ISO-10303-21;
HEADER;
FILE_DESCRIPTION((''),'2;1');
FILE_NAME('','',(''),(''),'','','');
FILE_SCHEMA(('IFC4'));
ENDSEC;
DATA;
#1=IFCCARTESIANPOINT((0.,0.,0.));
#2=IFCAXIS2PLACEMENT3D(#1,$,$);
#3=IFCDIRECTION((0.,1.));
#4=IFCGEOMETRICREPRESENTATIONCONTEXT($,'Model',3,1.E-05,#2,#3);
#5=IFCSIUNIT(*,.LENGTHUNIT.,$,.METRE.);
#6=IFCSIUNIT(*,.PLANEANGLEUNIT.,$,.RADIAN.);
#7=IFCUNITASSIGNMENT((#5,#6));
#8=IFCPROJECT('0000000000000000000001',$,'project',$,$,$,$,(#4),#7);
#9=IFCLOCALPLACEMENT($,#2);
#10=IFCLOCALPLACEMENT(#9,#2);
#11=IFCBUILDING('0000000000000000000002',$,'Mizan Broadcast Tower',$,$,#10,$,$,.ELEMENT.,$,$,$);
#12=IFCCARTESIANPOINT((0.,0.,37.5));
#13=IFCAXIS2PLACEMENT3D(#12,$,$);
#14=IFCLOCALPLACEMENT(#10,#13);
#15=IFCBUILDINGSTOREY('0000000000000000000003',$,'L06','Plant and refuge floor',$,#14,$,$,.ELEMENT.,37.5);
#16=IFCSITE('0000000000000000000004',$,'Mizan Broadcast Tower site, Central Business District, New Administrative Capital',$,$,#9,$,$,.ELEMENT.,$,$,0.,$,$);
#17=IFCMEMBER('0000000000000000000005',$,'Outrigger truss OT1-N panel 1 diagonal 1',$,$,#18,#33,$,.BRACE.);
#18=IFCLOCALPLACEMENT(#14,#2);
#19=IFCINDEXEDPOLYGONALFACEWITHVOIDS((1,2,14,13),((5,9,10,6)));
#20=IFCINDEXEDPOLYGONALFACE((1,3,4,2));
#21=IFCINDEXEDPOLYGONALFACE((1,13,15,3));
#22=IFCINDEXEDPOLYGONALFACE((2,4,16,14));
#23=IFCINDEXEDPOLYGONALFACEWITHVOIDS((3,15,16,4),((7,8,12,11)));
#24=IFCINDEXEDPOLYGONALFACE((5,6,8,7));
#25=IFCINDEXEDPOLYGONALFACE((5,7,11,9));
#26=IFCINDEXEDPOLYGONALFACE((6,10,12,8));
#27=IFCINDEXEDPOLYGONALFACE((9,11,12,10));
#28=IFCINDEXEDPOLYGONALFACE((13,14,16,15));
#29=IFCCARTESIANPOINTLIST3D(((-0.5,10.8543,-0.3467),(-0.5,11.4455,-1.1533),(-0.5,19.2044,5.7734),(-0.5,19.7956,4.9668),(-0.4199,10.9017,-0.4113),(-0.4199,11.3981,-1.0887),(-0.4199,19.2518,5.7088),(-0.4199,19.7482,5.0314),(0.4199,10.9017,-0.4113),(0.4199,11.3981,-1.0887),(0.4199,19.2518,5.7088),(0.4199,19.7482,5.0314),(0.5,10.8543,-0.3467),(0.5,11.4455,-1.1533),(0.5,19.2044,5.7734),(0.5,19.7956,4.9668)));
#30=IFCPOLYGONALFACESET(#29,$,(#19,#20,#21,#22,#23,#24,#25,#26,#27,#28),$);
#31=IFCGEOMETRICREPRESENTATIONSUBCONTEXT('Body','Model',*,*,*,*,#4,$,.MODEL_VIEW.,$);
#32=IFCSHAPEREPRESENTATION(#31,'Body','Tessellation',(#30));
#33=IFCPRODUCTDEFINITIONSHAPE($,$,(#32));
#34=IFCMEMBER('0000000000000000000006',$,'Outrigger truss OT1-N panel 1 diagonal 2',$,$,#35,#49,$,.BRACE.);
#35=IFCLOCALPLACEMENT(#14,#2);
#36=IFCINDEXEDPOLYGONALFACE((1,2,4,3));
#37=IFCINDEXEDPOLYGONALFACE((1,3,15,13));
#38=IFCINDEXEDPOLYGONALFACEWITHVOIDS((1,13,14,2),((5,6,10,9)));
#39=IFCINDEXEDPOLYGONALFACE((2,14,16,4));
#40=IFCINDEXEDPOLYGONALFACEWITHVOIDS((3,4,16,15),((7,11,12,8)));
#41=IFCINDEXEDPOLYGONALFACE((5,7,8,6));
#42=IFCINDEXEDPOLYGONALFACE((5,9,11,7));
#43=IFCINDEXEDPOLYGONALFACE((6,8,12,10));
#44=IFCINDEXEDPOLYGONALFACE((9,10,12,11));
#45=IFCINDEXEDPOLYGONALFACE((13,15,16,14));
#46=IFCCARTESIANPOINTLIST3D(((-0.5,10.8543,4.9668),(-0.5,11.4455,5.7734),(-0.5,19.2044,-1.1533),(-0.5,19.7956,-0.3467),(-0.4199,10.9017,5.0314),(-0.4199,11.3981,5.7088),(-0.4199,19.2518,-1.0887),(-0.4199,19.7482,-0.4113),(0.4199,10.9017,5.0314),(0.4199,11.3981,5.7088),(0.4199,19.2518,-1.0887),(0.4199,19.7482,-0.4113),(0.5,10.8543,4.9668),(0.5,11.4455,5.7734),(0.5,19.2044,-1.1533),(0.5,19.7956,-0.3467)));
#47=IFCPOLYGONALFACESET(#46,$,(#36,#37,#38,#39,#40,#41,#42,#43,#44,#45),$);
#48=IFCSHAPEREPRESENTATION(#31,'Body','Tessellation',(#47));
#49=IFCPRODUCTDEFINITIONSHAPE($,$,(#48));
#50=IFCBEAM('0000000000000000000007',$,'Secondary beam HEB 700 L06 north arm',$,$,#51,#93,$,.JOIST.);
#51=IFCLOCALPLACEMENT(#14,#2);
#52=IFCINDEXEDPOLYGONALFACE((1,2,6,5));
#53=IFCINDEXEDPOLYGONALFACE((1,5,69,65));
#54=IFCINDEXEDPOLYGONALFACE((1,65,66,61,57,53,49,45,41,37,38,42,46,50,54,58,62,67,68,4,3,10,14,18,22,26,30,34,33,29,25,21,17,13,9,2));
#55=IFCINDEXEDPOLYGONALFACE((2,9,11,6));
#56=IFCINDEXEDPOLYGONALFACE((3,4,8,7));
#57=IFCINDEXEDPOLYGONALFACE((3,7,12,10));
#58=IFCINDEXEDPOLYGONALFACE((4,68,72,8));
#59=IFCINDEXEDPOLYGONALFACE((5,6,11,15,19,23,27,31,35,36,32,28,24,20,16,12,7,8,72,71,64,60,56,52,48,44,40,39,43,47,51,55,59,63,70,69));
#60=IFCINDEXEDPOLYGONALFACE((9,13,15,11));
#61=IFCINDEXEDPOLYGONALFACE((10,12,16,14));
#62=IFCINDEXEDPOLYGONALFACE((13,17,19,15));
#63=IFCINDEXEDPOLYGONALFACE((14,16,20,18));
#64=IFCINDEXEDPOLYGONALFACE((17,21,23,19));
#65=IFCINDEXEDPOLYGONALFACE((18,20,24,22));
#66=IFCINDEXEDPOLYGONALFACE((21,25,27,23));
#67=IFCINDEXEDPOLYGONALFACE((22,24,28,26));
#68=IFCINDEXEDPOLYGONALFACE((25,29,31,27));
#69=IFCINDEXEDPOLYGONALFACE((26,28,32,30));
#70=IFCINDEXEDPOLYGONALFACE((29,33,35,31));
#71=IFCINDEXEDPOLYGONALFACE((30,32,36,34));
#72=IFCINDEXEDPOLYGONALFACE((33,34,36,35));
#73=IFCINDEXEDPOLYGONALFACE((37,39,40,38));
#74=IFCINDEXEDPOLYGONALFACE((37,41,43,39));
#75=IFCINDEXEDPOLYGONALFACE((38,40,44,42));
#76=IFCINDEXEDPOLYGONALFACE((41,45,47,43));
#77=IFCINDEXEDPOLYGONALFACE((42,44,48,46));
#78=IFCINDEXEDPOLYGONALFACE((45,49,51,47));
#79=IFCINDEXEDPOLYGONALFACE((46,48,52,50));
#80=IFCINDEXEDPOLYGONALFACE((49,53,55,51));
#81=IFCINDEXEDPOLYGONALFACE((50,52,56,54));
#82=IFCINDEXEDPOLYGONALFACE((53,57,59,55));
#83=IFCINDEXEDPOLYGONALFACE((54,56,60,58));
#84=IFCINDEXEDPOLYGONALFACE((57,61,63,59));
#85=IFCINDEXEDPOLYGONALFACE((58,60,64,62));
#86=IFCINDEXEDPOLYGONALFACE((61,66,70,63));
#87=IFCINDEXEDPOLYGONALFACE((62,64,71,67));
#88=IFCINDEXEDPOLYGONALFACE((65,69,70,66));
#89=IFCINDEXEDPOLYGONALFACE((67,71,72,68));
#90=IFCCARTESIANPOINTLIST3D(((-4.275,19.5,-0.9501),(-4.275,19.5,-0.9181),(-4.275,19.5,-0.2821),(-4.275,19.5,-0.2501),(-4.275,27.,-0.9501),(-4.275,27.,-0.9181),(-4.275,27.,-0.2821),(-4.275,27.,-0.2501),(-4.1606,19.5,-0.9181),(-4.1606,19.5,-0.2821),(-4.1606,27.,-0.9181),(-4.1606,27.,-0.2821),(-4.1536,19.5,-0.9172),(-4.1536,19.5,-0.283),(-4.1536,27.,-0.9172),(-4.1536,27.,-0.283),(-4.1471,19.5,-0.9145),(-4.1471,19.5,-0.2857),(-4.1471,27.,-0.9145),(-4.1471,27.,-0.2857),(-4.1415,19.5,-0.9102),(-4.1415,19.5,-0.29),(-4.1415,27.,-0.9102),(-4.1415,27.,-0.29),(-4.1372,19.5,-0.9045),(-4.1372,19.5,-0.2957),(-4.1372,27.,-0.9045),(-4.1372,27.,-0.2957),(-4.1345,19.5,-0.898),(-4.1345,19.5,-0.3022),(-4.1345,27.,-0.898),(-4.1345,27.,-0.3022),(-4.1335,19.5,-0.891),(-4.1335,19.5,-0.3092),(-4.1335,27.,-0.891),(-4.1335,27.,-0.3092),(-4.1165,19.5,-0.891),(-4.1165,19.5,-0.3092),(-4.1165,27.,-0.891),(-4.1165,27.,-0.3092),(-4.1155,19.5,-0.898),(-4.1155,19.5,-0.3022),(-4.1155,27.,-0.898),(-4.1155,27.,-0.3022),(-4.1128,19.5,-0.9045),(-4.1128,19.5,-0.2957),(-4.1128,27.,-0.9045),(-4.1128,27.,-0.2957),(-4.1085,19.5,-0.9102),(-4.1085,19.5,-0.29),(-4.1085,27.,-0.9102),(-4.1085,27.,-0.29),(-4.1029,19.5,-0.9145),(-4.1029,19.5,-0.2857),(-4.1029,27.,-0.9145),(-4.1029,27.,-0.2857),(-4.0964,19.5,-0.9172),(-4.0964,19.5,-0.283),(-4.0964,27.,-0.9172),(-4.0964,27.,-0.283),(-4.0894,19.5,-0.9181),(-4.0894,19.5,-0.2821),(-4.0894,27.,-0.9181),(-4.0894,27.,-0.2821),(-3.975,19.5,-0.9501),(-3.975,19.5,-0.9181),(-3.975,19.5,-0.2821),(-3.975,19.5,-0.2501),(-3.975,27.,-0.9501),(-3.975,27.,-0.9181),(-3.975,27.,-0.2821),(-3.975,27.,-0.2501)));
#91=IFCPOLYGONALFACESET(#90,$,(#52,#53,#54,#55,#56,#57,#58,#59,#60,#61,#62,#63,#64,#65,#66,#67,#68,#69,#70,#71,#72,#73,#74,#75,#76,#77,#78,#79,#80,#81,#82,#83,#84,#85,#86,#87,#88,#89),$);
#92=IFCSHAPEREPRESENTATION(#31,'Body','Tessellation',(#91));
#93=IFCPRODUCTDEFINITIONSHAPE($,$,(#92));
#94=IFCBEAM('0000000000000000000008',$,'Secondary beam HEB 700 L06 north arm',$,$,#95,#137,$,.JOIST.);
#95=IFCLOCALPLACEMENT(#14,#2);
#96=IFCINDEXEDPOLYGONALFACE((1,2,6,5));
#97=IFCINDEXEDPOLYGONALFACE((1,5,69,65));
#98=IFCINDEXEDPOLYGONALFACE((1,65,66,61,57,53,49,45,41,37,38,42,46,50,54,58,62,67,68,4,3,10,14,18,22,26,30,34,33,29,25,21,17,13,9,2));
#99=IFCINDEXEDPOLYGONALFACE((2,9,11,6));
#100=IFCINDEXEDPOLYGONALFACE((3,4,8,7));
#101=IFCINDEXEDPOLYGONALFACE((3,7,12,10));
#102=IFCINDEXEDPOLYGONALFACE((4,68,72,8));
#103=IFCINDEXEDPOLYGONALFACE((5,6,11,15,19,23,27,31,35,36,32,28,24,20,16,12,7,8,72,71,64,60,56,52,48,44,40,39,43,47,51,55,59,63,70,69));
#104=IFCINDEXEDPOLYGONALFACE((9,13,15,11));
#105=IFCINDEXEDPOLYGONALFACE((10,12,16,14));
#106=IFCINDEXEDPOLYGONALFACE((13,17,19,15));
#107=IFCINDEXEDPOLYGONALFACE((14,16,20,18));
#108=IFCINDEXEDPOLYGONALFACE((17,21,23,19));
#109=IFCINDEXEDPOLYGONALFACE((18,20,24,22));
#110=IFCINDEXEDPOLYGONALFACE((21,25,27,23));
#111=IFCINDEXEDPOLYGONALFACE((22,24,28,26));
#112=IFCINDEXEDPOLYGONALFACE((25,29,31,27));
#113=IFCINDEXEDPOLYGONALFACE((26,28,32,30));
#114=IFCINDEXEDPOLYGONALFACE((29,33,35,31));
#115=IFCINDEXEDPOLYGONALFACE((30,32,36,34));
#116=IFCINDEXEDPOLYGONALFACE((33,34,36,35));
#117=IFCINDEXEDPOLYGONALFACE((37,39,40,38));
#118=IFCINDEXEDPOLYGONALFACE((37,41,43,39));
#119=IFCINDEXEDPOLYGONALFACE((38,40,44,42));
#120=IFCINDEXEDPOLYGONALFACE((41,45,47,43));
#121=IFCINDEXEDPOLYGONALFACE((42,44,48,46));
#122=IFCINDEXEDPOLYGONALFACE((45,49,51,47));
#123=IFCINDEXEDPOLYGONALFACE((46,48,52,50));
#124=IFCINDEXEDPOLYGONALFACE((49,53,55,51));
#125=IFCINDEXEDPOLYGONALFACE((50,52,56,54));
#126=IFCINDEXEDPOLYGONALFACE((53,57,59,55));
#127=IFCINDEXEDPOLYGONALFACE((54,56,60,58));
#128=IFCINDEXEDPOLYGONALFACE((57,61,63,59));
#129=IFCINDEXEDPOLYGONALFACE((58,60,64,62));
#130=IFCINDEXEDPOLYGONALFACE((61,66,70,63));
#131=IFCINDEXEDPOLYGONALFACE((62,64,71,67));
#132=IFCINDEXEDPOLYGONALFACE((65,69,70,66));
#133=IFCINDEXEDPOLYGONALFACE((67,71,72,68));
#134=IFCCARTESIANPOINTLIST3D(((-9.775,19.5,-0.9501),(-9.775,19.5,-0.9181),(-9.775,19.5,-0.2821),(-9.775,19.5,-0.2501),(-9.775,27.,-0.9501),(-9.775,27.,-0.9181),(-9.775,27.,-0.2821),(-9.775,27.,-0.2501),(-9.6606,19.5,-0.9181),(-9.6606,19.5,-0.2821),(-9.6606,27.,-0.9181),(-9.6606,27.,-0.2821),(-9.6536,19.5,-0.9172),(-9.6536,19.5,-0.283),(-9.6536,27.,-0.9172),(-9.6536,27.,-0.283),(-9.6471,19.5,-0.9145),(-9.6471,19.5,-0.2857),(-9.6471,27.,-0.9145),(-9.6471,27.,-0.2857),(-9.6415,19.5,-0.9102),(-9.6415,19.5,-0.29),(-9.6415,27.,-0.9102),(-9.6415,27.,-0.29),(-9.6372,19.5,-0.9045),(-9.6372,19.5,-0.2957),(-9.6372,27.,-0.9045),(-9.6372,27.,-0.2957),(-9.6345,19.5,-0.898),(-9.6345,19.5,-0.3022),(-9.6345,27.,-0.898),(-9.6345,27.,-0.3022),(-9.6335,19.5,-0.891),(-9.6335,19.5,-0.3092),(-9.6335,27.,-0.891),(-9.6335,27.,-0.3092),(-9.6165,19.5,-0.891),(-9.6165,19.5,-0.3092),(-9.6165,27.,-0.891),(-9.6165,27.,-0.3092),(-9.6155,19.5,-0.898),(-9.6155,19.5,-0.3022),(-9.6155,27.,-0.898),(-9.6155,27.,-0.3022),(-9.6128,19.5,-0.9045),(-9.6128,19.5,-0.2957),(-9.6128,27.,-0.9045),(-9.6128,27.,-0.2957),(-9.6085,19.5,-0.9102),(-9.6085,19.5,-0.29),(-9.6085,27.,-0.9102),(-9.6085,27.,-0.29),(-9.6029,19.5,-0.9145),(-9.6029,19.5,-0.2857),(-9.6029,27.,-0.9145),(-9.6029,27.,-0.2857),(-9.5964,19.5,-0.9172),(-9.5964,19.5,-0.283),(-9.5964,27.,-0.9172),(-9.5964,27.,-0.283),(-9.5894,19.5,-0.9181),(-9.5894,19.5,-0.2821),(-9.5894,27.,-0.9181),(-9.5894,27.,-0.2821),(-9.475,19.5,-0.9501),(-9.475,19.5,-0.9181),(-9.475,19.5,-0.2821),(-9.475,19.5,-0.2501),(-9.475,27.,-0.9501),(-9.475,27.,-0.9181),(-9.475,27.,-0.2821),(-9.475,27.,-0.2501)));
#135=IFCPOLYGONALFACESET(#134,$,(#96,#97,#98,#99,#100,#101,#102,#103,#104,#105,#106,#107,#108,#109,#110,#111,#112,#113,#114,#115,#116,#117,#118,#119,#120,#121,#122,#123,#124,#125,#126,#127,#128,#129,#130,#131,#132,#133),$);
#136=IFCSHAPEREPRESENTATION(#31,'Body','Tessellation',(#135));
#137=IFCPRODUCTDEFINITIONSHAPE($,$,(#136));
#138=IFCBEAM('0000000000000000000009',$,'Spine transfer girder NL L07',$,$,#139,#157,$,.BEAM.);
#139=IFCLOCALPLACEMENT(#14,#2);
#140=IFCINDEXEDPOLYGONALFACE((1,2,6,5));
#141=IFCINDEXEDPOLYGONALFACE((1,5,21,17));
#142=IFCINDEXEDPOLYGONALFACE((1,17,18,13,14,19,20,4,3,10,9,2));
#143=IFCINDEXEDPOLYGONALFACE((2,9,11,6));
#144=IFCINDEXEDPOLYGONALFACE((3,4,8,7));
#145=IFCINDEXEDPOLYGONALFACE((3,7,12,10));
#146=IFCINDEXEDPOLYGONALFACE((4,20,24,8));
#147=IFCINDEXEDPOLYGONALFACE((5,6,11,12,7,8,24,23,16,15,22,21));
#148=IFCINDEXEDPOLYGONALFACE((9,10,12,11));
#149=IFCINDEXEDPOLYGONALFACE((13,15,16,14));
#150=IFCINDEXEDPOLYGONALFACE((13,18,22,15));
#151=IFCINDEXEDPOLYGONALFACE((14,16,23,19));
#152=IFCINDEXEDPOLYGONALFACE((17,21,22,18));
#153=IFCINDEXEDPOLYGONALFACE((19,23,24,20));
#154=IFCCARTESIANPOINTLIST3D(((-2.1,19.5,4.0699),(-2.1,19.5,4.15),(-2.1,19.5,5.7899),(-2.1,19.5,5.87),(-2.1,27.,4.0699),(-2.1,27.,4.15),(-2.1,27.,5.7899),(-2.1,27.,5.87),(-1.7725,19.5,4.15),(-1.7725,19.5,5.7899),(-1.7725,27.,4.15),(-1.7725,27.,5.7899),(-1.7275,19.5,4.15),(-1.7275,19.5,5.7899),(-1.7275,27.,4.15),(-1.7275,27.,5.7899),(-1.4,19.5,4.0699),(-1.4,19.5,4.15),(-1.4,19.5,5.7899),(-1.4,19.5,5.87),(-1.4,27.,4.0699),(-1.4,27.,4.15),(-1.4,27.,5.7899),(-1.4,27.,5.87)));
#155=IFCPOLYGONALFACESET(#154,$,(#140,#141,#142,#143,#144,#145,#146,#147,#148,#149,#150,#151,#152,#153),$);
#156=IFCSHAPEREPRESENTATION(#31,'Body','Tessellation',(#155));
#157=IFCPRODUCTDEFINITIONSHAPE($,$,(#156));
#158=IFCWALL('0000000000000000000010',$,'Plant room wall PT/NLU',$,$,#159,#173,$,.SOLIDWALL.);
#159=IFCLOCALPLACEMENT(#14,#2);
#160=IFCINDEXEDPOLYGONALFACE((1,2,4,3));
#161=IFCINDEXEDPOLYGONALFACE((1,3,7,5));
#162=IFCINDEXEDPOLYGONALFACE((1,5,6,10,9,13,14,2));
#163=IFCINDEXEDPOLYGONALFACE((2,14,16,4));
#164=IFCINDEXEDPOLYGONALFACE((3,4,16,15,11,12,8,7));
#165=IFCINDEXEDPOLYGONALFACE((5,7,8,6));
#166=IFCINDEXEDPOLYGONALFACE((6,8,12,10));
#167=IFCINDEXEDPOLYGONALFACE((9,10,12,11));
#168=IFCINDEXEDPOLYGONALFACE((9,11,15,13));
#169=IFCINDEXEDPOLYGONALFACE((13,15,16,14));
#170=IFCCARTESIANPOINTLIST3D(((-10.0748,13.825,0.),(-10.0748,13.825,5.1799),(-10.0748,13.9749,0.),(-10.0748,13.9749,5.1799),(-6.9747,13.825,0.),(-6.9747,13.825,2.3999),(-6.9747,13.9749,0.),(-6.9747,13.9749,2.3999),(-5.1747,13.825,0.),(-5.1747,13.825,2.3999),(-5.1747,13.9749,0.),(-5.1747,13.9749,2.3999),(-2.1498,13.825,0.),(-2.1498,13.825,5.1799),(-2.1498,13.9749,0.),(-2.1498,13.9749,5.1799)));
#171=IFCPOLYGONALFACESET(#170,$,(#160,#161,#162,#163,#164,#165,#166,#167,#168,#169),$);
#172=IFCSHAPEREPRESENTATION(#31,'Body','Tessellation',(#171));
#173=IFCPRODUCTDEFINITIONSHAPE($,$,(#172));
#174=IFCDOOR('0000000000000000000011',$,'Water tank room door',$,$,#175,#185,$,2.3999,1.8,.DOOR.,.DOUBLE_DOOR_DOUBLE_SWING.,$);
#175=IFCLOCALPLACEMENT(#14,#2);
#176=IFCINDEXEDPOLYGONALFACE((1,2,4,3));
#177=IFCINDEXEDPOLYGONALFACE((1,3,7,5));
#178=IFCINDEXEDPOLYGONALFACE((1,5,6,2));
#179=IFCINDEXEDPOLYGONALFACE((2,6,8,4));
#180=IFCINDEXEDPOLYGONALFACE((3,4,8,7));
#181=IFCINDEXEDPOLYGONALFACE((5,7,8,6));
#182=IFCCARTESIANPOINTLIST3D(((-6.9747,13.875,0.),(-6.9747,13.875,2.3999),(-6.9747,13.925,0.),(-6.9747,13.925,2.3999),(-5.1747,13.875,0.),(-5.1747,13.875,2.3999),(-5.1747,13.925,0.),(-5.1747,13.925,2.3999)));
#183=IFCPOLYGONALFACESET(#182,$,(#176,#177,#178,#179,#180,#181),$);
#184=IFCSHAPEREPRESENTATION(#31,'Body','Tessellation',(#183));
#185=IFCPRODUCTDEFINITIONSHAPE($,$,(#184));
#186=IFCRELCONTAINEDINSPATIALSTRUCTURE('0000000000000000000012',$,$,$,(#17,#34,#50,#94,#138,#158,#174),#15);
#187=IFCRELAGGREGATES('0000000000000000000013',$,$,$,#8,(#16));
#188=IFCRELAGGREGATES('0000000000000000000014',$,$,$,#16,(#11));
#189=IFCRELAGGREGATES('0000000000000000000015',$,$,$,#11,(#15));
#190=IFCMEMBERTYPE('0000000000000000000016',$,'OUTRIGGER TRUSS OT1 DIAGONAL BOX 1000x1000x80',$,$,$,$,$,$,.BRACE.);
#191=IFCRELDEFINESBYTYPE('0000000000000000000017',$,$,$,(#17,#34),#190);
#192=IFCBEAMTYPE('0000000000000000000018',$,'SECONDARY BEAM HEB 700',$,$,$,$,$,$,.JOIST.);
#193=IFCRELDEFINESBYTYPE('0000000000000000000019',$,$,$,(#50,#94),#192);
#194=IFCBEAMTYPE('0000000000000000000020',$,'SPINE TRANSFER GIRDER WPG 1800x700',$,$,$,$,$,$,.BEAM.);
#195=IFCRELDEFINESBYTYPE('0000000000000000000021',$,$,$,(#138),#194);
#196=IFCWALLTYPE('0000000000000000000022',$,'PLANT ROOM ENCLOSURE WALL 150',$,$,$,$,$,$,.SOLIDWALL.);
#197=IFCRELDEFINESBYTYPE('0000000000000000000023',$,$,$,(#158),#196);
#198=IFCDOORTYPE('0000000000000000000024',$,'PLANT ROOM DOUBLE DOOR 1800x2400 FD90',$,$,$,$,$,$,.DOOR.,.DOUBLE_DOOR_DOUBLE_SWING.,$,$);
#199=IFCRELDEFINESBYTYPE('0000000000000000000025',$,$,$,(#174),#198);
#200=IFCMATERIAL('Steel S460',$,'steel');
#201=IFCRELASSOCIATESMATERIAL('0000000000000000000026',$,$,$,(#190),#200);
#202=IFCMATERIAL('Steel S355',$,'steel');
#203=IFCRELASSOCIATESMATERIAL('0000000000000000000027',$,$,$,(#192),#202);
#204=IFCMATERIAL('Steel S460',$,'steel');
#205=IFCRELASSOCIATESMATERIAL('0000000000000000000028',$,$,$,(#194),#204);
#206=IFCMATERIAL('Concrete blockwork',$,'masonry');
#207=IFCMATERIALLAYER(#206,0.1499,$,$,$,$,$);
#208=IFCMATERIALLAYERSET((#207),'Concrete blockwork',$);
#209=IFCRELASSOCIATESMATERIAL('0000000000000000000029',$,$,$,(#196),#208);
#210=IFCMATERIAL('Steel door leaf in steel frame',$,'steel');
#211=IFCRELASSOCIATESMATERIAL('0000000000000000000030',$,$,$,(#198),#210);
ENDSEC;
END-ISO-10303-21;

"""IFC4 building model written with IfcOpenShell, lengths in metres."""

from ifc_helpers import new_model, si_unit, direction, frame, frame_2d, origin, origin_2d, place, context, subcontext, project, spatial, rectangle, hollow_rectangle, i_section, extrude, material, layer, layer_set, material_profile, profile_set, type_object, element, fill, save


model = new_model("IFC4")

# Units and contexts
model_context = context("Model", 3, precision=1e-05, world=origin(), true_north=direction((0.0, 1.0)))
body_context = subcontext(model_context, "Body", "Model", "MODEL_VIEW")
ifc_project = project(units=[si_unit("LENGTHUNIT", "METRE"), si_unit("PLANEANGLEUNIT", "RADIAN")], contexts=[model_context])

# Site, building, storey
site_placement = place(None, origin())
site = spatial("IfcSite", under=ifc_project, at=site_placement, Name="Mizan Broadcast Tower site, Central Business District, New Administrative Capital", CompositionType="ELEMENT", RefElevation=0.0)
building_placement = place(site_placement, origin())
building = spatial("IfcBuilding", under=site, at=building_placement, Name="Mizan Broadcast Tower", CompositionType="ELEMENT")
storey_placement = place(building_placement, frame((0.0, 0.0, 37.5)))
storey = spatial("IfcBuildingStorey", under=building, at=storey_placement, Name="L06", Description="Plant and refuge floor", CompositionType="ELEMENT", Elevation=37.5)

# Members
ifc_material_1 = material(Name="Steel S460", Category="steel")
ifc_material_profile_1 = material_profile(ifc_material_1, hollow_rectangle(XDim=1.0, YDim=1.0, WallThickness=0.0801, at=origin_2d()), Name="BOX 1000x1000x80")
ifc_profile_set_1 = profile_set([ifc_material_profile_1], Name="Steel S460")
member_type_1 = type_object("IfcMemberType", Name="OUTRIGGER TRUSS OT1 DIAGONAL BOX 1000x1000x80", PredefinedType="BRACE", material=ifc_profile_set_1)
for number, where, z_axis, x_axis, name in (
    (1, (0.0, 11.1499, -0.75), (0.0, 0.806556, 0.591157), (-1.0, 0.0, 0.0), "Outrigger truss OT1-N panel 1 diagonal 1"),
    (2, (0.0, 11.1499, 5.3701), (0.0, 0.806556, -0.591157), (-1.0, 0.0, 0.0), "Outrigger truss OT1-N panel 1 diagonal 2"),
):
    element("IfcMember", number, at=place(storey_placement, frame(where, z_axis=z_axis, x_axis=x_axis)), inside=storey, type_object=member_type_1, Name=name, PredefinedType="BRACE", context=body_context, shape_type="SweptSolid", body=[
        extrude(hollow_rectangle(XDim=1.0, YDim=1.0, WallThickness=0.0801, at=origin_2d()), origin(), (0.0, 0.0, 1.0), 10.3528),
    ])

# Beams
ifc_material_2 = material(Name="Steel S355", Category="steel")
ifc_material_profile_2 = material_profile(ifc_material_2, i_section(OverallWidth=0.3, OverallDepth=0.7, WebThickness=0.0171, FlangeThickness=0.032, FilletRadius=0.0271, at=origin_2d()), Name="HEB 700")
ifc_profile_set_2 = profile_set([ifc_material_profile_2], Name="Steel S355")
beam_type_1 = type_object("IfcBeamType", Name="SECONDARY BEAM HEB 700", PredefinedType="JOIST", material=ifc_profile_set_2)
for number, where, z_axis, x_axis, name in (
    (3, (-4.125, 19.5, -0.6001), (0.0, 1.0, 0.0), (-1.0, 0.0, 0.0), "Secondary beam HEB 700 L06 north arm"),
    (4, (-9.625, 19.5, -0.6001), (0.0, 1.0, 0.0), (-1.0, 0.0, 0.0), "Secondary beam HEB 700 L06 north arm"),
):
    element("IfcBeam", number, at=place(storey_placement, frame(where, z_axis=z_axis, x_axis=x_axis)), inside=storey, type_object=beam_type_1, Name=name, PredefinedType="JOIST", context=body_context, shape_type="SweptSolid", body=[
        extrude(i_section(OverallWidth=0.3, OverallDepth=0.7, WebThickness=0.0171, FlangeThickness=0.032, FilletRadius=0.0271, at=origin_2d()), origin(), (0.0, 0.0, 1.0), 7.5),
    ])
ifc_material_3 = material(Name="Steel S460", Category="steel")
ifc_material_profile_3 = material_profile(ifc_material_3, i_section(OverallWidth=0.7, OverallDepth=1.8, WebThickness=0.0449, FlangeThickness=0.0801, at=origin_2d()), Name="WPG 1800x700")
ifc_profile_set_3 = profile_set([ifc_material_profile_3], Name="Steel S460")
beam_type_2 = type_object("IfcBeamType", Name="SPINE TRANSFER GIRDER WPG 1800x700", PredefinedType="BEAM", material=ifc_profile_set_3)
beam_1_placement = place(storey_placement, frame((-1.75, 19.5, 4.97), z_axis=(0.0, 1.0, 0.0), x_axis=(-1.0, 0.0, 0.0)))
element("IfcBeam", 5, at=beam_1_placement, inside=storey, type_object=beam_type_2, Name="Spine transfer girder NL L07", PredefinedType="BEAM", context=body_context, shape_type="SweptSolid", body=[
    extrude(i_section(OverallWidth=0.7, OverallDepth=1.8, WebThickness=0.0449, FlangeThickness=0.0801, at=origin_2d()), origin(), (0.0, 0.0, 1.0), 7.5),
])

# Wall, opening, door
ifc_material_4 = material(Name="Concrete blockwork", Category="masonry")
ifc_layer_1 = layer(ifc_material_4, 0.1499)
ifc_layer_set_1 = layer_set([ifc_layer_1], Name="Concrete blockwork")
wall_type_1 = type_object("IfcWallType", Name="PLANT ROOM ENCLOSURE WALL 150", PredefinedType="SOLIDWALL", material=ifc_layer_set_1)
wall_1_placement = place(storey_placement, frame((-2.1499, 13.8999, 0.0), z_axis=(0.0, 0.0, 1.0), x_axis=(-1.0, 0.0, 0.0)))
wall_1 = element("IfcWall", 6, at=wall_1_placement, inside=storey, type_object=wall_type_1, Name="Plant room wall PT/NLU", PredefinedType="SOLIDWALL", context=body_context, shape_type="SweptSolid", body=[
    extrude(rectangle(XDim=7.925, YDim=0.1499, at=frame_2d((3.9624, 0.0))), origin(), (0.0, 0.0, 1.0), 5.1799),
])
opening_placement = place(wall_1_placement, frame((3.0249, 0.0, 0.0)))
opening = element("IfcOpeningElement", 7, at=opening_placement, cuts=wall_1, PredefinedType="OPENING", context=body_context, shape_type="SweptSolid", body=[
    extrude(rectangle(XDim=1.8, YDim=2.3999, at=frame_2d((0.8999, 1.2))), frame((0.0, 0.085, 0.0), z_axis=(0.0, -1.0, 0.0), x_axis=(1.0, 0.0, 0.0)), (0.0, 0.0, 1.0), 0.1699),
])
ifc_material_5 = material(Name="Steel door leaf in steel frame", Category="steel")
door_type = type_object("IfcDoorType", Name="PLANT ROOM DOUBLE DOOR 1800x2400 FD90", OperationType="DOUBLE_DOOR_DOUBLE_SWING", PredefinedType="DOOR", material=ifc_material_5)
door_placement = place(opening_placement, origin())
door = element("IfcDoor", 8, at=door_placement, inside=storey, type_object=door_type, Name="Water tank room door", OperationType="DOUBLE_DOOR_DOUBLE_SWING", OverallHeight=2.3999, OverallWidth=1.8, PredefinedType="DOOR", context=body_context, shape_type="SweptSolid", body=[
    extrude(rectangle(XDim=1.8, YDim=2.3999, at=frame_2d((0.8999, 1.2))), frame((0.0, 0.0249, 0.0), z_axis=(0.0, -1.0, 0.0), x_axis=(1.0, 0.0, 0.0)), (0.0, 0.0, 1.0), 0.05),
])
fill(opening, door)

save(model, "model.ifc")
